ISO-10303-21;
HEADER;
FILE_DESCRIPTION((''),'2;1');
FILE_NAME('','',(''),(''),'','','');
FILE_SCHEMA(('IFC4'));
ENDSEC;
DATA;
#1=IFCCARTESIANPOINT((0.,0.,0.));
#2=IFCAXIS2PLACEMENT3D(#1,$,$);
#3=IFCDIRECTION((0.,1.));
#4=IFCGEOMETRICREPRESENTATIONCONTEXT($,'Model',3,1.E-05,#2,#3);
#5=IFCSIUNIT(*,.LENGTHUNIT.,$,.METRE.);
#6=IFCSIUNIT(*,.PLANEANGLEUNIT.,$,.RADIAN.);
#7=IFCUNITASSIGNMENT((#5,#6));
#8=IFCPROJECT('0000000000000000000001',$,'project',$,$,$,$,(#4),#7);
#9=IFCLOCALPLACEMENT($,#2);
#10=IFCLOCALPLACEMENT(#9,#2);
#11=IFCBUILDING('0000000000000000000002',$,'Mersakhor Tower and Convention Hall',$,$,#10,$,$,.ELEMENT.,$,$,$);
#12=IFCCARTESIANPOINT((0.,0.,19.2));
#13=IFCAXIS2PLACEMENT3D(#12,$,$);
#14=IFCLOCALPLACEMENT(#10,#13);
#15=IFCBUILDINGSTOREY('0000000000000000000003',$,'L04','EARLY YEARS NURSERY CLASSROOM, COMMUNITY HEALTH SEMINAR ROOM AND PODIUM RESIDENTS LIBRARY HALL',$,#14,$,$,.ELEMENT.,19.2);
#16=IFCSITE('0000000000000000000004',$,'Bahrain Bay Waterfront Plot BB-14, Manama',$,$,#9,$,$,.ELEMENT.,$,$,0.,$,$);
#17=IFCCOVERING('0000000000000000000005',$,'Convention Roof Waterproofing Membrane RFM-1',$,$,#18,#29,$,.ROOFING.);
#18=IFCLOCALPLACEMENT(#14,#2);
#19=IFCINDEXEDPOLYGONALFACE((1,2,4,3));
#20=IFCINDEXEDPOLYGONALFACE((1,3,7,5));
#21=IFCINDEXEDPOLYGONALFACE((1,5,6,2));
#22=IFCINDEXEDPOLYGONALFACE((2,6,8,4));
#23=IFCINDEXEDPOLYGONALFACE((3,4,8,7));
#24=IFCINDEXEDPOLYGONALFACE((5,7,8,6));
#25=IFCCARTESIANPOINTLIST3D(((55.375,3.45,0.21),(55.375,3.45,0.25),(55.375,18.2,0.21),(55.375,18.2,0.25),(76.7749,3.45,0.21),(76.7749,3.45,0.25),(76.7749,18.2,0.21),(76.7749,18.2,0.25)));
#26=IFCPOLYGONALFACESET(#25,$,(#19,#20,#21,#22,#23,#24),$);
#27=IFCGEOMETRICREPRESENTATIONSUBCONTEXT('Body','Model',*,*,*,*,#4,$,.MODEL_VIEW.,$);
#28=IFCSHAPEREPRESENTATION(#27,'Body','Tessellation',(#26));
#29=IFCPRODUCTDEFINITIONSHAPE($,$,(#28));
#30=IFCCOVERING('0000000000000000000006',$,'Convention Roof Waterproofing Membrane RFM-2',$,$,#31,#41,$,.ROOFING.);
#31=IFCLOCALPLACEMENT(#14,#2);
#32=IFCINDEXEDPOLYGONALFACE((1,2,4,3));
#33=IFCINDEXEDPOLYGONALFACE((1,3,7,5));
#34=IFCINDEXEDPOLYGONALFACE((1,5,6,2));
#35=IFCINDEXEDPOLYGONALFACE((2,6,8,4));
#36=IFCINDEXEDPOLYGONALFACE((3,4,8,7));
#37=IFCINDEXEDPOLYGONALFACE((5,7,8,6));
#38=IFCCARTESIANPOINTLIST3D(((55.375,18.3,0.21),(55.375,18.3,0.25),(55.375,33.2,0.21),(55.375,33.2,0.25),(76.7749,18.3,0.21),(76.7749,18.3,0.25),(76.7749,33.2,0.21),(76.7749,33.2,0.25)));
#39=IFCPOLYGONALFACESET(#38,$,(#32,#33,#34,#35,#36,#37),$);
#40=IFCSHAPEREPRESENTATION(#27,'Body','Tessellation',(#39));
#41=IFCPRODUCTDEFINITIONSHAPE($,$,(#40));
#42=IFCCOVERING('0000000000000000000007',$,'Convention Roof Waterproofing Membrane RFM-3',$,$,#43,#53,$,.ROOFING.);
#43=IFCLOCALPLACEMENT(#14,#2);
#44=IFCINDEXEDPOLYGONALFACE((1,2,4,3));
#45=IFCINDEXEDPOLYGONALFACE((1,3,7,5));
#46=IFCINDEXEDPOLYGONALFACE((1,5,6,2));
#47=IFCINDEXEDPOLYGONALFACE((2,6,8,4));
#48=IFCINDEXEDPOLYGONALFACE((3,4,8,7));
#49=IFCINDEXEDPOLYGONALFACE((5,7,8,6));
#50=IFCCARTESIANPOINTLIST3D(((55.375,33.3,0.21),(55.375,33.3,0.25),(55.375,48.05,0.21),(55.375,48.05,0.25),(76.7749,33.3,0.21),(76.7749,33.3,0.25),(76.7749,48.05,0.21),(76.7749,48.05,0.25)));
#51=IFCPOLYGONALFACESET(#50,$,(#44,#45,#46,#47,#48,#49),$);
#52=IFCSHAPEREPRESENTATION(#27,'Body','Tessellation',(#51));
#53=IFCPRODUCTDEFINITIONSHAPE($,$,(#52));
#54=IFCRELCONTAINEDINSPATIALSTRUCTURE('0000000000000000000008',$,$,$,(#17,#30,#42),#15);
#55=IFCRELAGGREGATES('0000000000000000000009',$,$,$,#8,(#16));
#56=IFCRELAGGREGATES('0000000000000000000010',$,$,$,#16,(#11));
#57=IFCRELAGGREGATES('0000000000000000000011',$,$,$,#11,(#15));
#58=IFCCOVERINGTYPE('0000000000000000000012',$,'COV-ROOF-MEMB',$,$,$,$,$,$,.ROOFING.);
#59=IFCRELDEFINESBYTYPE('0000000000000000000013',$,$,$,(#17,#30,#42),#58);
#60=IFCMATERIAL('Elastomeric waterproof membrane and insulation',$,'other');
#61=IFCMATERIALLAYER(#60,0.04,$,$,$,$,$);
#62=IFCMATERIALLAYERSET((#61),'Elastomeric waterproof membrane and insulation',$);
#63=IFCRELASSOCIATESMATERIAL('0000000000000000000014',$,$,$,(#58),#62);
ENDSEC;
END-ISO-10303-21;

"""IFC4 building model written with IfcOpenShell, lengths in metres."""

from ifc_helpers import new_model, si_unit, direction, frame, origin, place, context, subcontext, project, spatial, polyline, outline, extrude, material, layer, layer_set, type_object, element, save


model = new_model("IFC4")

# Units and contexts
model_context = context("Model", 3, precision=1e-05, world=origin(), true_north=direction((0.0, 1.0)))
body_context = subcontext(model_context, "Body", "Model", "MODEL_VIEW")
ifc_project = project(units=[si_unit("LENGTHUNIT", "METRE"), si_unit("PLANEANGLEUNIT", "RADIAN")], contexts=[model_context])

# Site, building, storey
site_placement = place(None, origin())
site = spatial("IfcSite", under=ifc_project, at=site_placement, Name="Bahrain Bay Waterfront Plot BB-14, Manama", CompositionType="ELEMENT", RefElevation=0.0)
building_placement = place(site_placement, origin())
building = spatial("IfcBuilding", under=site, at=building_placement, Name="Mersakhor Tower and Convention Hall", CompositionType="ELEMENT")
storey_placement = place(building_placement, frame((0.0, 0.0, 19.2)))
storey = spatial("IfcBuildingStorey", under=building, at=storey_placement, Name="L04", Description="EARLY YEARS NURSERY CLASSROOM, COMMUNITY HEALTH SEMINAR ROOM AND PODIUM RESIDENTS LIBRARY HALL", CompositionType="ELEMENT", Elevation=19.2)

# Coverings
ifc_material_1 = material(Name="Elastomeric waterproof membrane and insulation", Category="other")
ifc_layer_1 = layer(ifc_material_1, 0.04)
ifc_layer_set_1 = layer_set([ifc_layer_1], Name="Elastomeric waterproof membrane and insulation")
covering_type_1 = type_object("IfcCoveringType", Name="COV-ROOF-MEMB", PredefinedType="ROOFING", material=ifc_layer_set_1)
covering_1_placement = place(storey_placement, frame((0.0, 0.0, 0.21)))
element("IfcCovering", 1, at=covering_1_placement, inside=storey, type_object=covering_type_1, Name="Convention Roof Waterproofing Membrane RFM-1", PredefinedType="ROOFING", context=body_context, shape_type="SweptSolid", body=[
    extrude(outline(polyline([(55.375, 3.45), (55.375, 18.2), (76.7749, 18.2), (76.7749, 3.45), (55.375, 3.45)])), origin(), (0.0, 0.0, 1.0), 0.04),
])
covering_2_placement = place(storey_placement, frame((0.0, 0.0, 0.21)))
element("IfcCovering", 2, at=covering_2_placement, inside=storey, type_object=covering_type_1, Name="Convention Roof Waterproofing Membrane RFM-2", PredefinedType="ROOFING", context=body_context, shape_type="SweptSolid", body=[
    extrude(outline(polyline([(55.375, 18.3), (55.375, 33.2), (76.7749, 33.2), (76.7749, 18.3), (55.375, 18.3)])), origin(), (0.0, 0.0, 1.0), 0.04),
])
covering_3_placement = place(storey_placement, frame((0.0, 0.0, 0.21)))
element("IfcCovering", 3, at=covering_3_placement, inside=storey, type_object=covering_type_1, Name="Convention Roof Waterproofing Membrane RFM-3", PredefinedType="ROOFING", context=body_context, shape_type="SweptSolid", body=[
    extrude(outline(polyline([(55.375, 33.3), (55.375, 48.05), (76.7749, 48.05), (76.7749, 33.3), (55.375, 33.3)])), origin(), (0.0, 0.0, 1.0), 0.04),
])

save(model, "model.ifc")
